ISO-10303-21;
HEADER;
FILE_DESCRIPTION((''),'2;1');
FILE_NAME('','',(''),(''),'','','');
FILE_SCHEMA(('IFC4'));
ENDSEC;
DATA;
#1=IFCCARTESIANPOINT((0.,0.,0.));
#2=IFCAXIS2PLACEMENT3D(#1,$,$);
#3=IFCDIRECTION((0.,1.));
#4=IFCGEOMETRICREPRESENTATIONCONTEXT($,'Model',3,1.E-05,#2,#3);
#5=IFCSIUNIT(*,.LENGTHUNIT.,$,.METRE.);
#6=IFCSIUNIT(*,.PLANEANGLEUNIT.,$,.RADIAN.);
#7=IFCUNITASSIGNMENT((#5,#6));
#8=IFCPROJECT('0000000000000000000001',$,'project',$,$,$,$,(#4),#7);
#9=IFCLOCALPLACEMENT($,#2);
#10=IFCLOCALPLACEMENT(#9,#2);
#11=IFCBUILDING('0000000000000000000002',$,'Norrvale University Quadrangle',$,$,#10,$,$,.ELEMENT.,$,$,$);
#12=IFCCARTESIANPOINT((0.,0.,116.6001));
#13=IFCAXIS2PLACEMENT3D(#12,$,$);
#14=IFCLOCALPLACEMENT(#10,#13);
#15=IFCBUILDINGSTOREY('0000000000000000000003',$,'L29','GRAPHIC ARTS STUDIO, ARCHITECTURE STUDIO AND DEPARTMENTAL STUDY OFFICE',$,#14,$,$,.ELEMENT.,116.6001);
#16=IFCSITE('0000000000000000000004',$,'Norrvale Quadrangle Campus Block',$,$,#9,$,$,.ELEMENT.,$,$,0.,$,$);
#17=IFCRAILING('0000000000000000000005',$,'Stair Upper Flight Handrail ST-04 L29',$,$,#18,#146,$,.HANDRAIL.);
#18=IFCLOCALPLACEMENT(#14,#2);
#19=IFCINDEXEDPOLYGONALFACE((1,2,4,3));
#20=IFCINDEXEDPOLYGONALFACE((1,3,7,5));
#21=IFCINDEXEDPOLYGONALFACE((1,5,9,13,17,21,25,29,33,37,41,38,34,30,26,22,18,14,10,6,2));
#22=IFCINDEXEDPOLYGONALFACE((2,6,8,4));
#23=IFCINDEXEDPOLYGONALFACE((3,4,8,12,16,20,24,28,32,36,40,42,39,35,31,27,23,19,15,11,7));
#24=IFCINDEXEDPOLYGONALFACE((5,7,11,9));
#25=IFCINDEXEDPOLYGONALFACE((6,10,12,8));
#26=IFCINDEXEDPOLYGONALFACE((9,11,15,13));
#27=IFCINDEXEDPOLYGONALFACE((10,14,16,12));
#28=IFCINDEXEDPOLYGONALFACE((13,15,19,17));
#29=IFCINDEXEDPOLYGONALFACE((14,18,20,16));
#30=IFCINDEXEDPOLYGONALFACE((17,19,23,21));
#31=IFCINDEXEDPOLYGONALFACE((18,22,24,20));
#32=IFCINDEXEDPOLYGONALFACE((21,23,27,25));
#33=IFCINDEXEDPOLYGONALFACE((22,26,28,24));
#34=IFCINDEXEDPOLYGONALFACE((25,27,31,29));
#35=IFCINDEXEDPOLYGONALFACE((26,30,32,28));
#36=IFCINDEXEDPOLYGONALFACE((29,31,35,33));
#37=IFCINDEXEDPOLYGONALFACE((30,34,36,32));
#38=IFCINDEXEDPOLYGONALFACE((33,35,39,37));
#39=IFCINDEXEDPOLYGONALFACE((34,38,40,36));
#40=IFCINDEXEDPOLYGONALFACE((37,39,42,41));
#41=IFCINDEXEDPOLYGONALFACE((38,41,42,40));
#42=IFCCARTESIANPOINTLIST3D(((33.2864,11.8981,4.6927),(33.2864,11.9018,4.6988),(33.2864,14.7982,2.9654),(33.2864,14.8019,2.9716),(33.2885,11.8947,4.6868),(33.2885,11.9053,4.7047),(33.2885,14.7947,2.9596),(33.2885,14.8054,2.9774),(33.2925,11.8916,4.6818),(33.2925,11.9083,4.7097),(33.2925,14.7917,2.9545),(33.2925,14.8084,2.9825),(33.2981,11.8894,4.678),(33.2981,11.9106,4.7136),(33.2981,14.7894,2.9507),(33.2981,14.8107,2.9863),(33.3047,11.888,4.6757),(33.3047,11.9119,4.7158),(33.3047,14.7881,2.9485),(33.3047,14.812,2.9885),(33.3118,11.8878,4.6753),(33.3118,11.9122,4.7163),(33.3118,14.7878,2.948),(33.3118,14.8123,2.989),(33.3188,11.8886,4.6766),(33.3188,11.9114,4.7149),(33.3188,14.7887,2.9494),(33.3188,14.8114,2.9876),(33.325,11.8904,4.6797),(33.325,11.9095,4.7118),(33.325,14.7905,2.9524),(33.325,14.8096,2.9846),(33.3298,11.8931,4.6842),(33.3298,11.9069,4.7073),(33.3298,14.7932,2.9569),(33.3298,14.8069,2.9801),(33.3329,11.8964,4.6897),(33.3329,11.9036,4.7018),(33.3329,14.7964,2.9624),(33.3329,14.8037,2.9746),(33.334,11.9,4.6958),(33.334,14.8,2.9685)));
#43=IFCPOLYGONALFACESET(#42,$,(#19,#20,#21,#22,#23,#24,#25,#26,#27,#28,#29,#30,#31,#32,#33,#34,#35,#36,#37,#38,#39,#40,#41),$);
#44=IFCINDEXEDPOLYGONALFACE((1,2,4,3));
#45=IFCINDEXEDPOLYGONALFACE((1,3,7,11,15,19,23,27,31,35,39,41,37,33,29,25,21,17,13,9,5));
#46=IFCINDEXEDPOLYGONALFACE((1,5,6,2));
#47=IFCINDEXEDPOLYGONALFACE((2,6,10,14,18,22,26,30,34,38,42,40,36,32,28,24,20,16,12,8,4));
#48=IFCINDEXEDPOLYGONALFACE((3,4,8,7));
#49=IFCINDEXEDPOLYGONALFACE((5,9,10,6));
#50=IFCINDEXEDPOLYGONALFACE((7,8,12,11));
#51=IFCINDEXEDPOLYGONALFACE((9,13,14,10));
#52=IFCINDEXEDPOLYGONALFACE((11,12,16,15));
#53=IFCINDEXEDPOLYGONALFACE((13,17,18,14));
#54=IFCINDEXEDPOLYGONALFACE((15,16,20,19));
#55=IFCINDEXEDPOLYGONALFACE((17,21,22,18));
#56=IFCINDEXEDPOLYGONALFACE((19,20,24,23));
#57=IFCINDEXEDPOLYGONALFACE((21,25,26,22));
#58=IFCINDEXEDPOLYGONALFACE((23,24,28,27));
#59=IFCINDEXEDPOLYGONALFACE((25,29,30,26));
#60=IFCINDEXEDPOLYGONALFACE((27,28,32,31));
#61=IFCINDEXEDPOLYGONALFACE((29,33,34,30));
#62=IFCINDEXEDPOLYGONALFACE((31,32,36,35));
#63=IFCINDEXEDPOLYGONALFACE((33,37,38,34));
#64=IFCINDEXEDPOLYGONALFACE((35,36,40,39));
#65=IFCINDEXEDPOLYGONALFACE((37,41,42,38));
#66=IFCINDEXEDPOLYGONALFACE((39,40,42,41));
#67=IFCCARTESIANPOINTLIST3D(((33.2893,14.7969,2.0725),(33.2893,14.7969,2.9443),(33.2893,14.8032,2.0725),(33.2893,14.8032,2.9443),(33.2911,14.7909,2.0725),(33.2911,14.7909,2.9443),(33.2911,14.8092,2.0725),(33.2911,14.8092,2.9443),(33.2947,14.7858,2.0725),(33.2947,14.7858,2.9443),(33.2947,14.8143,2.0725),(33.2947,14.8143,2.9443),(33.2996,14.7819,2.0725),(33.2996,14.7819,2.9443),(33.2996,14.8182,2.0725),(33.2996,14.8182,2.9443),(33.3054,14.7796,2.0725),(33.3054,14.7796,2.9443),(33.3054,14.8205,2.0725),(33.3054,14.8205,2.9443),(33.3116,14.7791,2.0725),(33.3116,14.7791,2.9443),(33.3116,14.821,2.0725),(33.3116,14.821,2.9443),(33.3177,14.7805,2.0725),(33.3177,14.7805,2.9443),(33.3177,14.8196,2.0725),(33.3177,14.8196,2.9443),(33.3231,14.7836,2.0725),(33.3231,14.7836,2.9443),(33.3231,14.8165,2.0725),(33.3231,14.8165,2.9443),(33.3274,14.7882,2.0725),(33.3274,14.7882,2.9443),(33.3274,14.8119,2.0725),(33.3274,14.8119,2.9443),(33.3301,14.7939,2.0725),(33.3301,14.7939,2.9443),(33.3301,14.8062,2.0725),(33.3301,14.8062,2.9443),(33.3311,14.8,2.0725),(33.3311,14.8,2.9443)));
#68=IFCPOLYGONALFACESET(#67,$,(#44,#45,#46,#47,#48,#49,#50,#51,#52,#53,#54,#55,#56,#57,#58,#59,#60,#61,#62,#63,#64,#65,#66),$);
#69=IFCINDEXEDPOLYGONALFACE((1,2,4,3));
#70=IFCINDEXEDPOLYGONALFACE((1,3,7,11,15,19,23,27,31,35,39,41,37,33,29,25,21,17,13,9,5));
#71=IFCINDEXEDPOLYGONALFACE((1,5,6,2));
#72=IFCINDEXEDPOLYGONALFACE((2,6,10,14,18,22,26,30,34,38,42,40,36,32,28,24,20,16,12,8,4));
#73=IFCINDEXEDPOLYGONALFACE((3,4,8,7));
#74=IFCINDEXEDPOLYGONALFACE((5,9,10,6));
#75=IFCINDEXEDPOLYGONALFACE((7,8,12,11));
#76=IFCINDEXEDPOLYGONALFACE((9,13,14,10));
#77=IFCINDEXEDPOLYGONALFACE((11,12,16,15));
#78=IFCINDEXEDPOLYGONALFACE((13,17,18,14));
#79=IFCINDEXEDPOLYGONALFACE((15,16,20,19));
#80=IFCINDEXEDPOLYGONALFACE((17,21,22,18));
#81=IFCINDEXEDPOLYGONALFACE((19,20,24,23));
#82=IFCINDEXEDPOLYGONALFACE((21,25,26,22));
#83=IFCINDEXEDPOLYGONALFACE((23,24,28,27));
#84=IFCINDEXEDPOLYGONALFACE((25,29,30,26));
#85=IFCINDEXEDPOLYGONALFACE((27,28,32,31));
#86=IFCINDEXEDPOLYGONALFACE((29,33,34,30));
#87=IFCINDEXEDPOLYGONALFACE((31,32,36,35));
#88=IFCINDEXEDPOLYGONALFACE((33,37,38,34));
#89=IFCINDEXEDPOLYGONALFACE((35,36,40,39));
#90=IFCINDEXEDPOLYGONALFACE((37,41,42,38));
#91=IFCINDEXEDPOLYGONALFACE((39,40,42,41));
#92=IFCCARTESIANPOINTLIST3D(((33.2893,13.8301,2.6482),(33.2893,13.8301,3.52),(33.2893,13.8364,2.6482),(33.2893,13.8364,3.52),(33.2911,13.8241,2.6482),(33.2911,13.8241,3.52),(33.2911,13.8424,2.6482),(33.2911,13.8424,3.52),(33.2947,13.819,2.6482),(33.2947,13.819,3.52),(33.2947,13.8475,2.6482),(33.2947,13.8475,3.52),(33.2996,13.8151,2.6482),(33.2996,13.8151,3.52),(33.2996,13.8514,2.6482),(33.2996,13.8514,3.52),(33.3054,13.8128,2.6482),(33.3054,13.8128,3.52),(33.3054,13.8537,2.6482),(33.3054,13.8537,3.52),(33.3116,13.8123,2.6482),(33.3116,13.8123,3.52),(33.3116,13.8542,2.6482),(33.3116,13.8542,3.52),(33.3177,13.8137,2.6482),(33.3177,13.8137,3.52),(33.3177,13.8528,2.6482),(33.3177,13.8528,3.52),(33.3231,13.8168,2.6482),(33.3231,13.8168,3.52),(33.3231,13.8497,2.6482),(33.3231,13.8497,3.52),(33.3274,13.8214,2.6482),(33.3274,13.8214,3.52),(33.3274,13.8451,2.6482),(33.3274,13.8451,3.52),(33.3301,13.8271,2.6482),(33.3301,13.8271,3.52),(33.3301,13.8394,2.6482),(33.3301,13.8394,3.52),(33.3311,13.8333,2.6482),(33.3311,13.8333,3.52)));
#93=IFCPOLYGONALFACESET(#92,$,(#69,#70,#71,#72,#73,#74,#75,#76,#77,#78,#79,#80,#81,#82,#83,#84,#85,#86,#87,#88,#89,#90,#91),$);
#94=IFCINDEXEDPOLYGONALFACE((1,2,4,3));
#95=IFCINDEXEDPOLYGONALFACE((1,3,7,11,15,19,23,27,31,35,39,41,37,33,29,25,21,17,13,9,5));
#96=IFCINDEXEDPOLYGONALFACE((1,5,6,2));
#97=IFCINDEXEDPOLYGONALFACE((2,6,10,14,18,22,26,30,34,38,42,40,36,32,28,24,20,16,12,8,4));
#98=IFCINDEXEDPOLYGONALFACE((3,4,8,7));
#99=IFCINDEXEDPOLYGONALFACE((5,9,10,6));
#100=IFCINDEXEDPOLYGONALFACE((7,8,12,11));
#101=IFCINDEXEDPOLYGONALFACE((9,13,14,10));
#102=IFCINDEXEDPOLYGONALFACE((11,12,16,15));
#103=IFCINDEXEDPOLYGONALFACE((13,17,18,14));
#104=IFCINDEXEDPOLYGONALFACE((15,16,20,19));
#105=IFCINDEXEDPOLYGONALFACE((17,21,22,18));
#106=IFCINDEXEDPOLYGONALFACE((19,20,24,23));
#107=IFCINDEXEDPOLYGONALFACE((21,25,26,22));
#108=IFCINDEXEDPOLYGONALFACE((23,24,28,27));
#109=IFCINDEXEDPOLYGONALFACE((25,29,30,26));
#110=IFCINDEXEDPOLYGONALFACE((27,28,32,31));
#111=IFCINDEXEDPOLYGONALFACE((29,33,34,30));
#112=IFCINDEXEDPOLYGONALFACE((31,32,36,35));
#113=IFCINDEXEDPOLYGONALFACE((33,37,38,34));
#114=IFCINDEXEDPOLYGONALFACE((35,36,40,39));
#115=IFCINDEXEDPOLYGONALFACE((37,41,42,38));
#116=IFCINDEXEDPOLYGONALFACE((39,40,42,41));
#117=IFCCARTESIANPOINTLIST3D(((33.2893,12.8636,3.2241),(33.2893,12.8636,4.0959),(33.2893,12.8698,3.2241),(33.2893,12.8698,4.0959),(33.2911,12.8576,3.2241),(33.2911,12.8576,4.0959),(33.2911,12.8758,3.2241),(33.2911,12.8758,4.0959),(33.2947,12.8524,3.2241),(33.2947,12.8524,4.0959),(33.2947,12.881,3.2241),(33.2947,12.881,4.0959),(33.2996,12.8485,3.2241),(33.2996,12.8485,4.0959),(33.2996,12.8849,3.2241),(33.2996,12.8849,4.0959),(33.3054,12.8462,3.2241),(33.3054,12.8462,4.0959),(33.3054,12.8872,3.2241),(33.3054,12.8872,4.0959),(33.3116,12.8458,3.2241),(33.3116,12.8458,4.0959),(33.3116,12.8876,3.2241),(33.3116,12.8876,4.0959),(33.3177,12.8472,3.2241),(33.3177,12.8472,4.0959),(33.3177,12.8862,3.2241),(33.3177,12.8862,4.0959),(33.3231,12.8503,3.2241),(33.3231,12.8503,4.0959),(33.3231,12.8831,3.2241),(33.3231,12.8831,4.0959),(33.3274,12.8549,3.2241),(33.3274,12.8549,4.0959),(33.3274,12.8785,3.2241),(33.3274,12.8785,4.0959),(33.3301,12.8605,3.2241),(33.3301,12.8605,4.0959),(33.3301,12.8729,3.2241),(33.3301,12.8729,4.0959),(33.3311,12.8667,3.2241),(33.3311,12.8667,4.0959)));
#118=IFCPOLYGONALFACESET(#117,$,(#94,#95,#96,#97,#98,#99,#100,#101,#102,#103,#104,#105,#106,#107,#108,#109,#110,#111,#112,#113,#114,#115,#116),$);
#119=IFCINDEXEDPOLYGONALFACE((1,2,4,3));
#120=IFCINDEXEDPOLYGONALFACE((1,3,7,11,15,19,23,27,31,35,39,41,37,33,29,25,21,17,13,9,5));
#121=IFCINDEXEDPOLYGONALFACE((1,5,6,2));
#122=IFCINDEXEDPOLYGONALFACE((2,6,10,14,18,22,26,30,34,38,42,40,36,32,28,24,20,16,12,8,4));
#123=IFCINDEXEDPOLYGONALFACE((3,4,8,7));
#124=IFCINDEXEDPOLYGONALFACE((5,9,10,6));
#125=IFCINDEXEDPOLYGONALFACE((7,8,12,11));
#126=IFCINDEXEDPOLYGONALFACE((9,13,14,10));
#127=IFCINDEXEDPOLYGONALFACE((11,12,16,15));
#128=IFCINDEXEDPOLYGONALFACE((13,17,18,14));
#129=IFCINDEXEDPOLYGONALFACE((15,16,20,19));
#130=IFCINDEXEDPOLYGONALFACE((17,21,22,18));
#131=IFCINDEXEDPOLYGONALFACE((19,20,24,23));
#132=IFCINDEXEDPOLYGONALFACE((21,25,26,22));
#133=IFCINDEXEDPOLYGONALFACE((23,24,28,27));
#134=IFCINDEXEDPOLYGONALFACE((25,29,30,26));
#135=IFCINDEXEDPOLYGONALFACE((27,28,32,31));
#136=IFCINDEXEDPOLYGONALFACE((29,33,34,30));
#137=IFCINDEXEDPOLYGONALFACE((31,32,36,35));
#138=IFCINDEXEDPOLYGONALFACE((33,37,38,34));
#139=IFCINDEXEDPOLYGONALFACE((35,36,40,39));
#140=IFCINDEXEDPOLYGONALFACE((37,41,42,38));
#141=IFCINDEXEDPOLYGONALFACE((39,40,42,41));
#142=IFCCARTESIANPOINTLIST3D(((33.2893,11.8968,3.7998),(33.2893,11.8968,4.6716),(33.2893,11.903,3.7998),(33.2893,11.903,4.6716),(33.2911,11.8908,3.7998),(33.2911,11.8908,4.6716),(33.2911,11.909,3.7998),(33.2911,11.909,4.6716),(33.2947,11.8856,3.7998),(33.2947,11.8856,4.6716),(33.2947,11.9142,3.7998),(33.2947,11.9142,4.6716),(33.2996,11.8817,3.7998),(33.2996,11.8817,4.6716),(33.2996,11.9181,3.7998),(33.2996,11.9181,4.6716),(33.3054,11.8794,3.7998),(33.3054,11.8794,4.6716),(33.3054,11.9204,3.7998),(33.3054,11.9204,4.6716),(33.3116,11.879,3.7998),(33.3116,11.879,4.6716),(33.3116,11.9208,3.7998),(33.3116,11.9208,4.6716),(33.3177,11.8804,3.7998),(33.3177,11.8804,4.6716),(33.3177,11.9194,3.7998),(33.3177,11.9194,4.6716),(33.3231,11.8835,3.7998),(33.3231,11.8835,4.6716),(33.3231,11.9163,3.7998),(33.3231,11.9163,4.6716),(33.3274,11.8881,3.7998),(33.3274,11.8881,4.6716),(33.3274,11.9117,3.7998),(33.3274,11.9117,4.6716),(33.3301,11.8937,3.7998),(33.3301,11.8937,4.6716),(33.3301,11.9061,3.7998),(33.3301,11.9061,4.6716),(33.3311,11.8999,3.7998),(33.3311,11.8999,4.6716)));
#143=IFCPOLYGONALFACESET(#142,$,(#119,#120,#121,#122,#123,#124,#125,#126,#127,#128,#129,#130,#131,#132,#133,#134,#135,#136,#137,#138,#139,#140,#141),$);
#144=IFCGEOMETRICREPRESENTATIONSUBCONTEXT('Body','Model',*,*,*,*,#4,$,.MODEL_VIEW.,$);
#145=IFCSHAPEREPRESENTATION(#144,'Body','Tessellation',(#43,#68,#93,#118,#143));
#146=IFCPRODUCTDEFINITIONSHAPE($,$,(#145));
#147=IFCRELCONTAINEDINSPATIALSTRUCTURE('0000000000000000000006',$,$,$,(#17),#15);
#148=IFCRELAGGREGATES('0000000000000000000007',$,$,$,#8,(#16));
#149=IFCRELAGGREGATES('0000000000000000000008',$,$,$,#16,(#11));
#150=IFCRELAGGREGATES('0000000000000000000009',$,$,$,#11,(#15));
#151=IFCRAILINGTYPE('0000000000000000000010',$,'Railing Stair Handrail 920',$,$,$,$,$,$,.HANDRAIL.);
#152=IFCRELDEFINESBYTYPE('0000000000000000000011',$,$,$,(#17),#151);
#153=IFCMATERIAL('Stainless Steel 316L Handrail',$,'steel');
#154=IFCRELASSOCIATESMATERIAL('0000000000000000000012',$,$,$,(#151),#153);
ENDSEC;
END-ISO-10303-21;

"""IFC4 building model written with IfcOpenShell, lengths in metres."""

from ifc_helpers import new_model, si_unit, direction, frame, origin, origin_2d, place, context, subcontext, project, spatial, circle, extrude, material, type_object, element, save


model = new_model("IFC4")

# Units and contexts
model_context = context("Model", 3, precision=1e-05, world=origin(), true_north=direction((0.0, 1.0)))
body_context = subcontext(model_context, "Body", "Model", "MODEL_VIEW")
ifc_project = project(units=[si_unit("LENGTHUNIT", "METRE"), si_unit("PLANEANGLEUNIT", "RADIAN")], contexts=[model_context])

# Site, building, storey
site_placement = place(None, origin())
site = spatial("IfcSite", under=ifc_project, at=site_placement, Name="Norrvale Quadrangle Campus Block", CompositionType="ELEMENT", RefElevation=0.0)
building_placement = place(site_placement, origin())
building = spatial("IfcBuilding", under=site, at=building_placement, Name="Norrvale University Quadrangle", CompositionType="ELEMENT")
storey_placement = place(building_placement, frame((0.0, 0.0, 116.6001)))
storey = spatial("IfcBuildingStorey", under=building, at=storey_placement, Name="L29", Description="GRAPHIC ARTS STUDIO, ARCHITECTURE STUDIO AND DEPARTMENTAL STUDY OFFICE", CompositionType="ELEMENT", Elevation=116.6001)

# Railing
ifc_material_1 = material(Name="Stainless Steel 316L Handrail", Category="steel")
railing_type_1 = type_object("IfcRailingType", Name="Railing Stair Handrail 920", PredefinedType="HANDRAIL", material=ifc_material_1)
railing_1_placement = place(storey_placement, frame((33.3101, 14.8, 2.0725)))
element("IfcRailing", 1, at=railing_1_placement, inside=storey, type_object=railing_type_1, Name="Stair Upper Flight Handrail ST-04 L29", PredefinedType="HANDRAIL", context=body_context, shape_type="SweptSolid", body=[
    extrude(circle(Radius=0.0239, at=origin_2d()), frame((0.0, 0.0, 0.896), z_axis=(0.0, -0.85916, 0.511706), x_axis=(1.0, 0.0, 0.0)), (0.0, 0.0, 1.0), 3.3755),
    extrude(circle(Radius=0.021, at=origin_2d()), origin(), (0.0, 0.0, 1.0), 0.8718),
    extrude(circle(Radius=0.021, at=origin_2d()), frame((0.0, -0.9668, 0.5757)), (0.0, 0.0, 1.0), 0.8718),
    extrude(circle(Radius=0.021, at=origin_2d()), frame((0.0, -1.9333, 1.1516)), (0.0, 0.0, 1.0), 0.8718),
    extrude(circle(Radius=0.021, at=origin_2d()), frame((0.0, -2.9001, 1.7273)), (0.0, 0.0, 1.0), 0.8718),
])

save(model, "model.ifc")
